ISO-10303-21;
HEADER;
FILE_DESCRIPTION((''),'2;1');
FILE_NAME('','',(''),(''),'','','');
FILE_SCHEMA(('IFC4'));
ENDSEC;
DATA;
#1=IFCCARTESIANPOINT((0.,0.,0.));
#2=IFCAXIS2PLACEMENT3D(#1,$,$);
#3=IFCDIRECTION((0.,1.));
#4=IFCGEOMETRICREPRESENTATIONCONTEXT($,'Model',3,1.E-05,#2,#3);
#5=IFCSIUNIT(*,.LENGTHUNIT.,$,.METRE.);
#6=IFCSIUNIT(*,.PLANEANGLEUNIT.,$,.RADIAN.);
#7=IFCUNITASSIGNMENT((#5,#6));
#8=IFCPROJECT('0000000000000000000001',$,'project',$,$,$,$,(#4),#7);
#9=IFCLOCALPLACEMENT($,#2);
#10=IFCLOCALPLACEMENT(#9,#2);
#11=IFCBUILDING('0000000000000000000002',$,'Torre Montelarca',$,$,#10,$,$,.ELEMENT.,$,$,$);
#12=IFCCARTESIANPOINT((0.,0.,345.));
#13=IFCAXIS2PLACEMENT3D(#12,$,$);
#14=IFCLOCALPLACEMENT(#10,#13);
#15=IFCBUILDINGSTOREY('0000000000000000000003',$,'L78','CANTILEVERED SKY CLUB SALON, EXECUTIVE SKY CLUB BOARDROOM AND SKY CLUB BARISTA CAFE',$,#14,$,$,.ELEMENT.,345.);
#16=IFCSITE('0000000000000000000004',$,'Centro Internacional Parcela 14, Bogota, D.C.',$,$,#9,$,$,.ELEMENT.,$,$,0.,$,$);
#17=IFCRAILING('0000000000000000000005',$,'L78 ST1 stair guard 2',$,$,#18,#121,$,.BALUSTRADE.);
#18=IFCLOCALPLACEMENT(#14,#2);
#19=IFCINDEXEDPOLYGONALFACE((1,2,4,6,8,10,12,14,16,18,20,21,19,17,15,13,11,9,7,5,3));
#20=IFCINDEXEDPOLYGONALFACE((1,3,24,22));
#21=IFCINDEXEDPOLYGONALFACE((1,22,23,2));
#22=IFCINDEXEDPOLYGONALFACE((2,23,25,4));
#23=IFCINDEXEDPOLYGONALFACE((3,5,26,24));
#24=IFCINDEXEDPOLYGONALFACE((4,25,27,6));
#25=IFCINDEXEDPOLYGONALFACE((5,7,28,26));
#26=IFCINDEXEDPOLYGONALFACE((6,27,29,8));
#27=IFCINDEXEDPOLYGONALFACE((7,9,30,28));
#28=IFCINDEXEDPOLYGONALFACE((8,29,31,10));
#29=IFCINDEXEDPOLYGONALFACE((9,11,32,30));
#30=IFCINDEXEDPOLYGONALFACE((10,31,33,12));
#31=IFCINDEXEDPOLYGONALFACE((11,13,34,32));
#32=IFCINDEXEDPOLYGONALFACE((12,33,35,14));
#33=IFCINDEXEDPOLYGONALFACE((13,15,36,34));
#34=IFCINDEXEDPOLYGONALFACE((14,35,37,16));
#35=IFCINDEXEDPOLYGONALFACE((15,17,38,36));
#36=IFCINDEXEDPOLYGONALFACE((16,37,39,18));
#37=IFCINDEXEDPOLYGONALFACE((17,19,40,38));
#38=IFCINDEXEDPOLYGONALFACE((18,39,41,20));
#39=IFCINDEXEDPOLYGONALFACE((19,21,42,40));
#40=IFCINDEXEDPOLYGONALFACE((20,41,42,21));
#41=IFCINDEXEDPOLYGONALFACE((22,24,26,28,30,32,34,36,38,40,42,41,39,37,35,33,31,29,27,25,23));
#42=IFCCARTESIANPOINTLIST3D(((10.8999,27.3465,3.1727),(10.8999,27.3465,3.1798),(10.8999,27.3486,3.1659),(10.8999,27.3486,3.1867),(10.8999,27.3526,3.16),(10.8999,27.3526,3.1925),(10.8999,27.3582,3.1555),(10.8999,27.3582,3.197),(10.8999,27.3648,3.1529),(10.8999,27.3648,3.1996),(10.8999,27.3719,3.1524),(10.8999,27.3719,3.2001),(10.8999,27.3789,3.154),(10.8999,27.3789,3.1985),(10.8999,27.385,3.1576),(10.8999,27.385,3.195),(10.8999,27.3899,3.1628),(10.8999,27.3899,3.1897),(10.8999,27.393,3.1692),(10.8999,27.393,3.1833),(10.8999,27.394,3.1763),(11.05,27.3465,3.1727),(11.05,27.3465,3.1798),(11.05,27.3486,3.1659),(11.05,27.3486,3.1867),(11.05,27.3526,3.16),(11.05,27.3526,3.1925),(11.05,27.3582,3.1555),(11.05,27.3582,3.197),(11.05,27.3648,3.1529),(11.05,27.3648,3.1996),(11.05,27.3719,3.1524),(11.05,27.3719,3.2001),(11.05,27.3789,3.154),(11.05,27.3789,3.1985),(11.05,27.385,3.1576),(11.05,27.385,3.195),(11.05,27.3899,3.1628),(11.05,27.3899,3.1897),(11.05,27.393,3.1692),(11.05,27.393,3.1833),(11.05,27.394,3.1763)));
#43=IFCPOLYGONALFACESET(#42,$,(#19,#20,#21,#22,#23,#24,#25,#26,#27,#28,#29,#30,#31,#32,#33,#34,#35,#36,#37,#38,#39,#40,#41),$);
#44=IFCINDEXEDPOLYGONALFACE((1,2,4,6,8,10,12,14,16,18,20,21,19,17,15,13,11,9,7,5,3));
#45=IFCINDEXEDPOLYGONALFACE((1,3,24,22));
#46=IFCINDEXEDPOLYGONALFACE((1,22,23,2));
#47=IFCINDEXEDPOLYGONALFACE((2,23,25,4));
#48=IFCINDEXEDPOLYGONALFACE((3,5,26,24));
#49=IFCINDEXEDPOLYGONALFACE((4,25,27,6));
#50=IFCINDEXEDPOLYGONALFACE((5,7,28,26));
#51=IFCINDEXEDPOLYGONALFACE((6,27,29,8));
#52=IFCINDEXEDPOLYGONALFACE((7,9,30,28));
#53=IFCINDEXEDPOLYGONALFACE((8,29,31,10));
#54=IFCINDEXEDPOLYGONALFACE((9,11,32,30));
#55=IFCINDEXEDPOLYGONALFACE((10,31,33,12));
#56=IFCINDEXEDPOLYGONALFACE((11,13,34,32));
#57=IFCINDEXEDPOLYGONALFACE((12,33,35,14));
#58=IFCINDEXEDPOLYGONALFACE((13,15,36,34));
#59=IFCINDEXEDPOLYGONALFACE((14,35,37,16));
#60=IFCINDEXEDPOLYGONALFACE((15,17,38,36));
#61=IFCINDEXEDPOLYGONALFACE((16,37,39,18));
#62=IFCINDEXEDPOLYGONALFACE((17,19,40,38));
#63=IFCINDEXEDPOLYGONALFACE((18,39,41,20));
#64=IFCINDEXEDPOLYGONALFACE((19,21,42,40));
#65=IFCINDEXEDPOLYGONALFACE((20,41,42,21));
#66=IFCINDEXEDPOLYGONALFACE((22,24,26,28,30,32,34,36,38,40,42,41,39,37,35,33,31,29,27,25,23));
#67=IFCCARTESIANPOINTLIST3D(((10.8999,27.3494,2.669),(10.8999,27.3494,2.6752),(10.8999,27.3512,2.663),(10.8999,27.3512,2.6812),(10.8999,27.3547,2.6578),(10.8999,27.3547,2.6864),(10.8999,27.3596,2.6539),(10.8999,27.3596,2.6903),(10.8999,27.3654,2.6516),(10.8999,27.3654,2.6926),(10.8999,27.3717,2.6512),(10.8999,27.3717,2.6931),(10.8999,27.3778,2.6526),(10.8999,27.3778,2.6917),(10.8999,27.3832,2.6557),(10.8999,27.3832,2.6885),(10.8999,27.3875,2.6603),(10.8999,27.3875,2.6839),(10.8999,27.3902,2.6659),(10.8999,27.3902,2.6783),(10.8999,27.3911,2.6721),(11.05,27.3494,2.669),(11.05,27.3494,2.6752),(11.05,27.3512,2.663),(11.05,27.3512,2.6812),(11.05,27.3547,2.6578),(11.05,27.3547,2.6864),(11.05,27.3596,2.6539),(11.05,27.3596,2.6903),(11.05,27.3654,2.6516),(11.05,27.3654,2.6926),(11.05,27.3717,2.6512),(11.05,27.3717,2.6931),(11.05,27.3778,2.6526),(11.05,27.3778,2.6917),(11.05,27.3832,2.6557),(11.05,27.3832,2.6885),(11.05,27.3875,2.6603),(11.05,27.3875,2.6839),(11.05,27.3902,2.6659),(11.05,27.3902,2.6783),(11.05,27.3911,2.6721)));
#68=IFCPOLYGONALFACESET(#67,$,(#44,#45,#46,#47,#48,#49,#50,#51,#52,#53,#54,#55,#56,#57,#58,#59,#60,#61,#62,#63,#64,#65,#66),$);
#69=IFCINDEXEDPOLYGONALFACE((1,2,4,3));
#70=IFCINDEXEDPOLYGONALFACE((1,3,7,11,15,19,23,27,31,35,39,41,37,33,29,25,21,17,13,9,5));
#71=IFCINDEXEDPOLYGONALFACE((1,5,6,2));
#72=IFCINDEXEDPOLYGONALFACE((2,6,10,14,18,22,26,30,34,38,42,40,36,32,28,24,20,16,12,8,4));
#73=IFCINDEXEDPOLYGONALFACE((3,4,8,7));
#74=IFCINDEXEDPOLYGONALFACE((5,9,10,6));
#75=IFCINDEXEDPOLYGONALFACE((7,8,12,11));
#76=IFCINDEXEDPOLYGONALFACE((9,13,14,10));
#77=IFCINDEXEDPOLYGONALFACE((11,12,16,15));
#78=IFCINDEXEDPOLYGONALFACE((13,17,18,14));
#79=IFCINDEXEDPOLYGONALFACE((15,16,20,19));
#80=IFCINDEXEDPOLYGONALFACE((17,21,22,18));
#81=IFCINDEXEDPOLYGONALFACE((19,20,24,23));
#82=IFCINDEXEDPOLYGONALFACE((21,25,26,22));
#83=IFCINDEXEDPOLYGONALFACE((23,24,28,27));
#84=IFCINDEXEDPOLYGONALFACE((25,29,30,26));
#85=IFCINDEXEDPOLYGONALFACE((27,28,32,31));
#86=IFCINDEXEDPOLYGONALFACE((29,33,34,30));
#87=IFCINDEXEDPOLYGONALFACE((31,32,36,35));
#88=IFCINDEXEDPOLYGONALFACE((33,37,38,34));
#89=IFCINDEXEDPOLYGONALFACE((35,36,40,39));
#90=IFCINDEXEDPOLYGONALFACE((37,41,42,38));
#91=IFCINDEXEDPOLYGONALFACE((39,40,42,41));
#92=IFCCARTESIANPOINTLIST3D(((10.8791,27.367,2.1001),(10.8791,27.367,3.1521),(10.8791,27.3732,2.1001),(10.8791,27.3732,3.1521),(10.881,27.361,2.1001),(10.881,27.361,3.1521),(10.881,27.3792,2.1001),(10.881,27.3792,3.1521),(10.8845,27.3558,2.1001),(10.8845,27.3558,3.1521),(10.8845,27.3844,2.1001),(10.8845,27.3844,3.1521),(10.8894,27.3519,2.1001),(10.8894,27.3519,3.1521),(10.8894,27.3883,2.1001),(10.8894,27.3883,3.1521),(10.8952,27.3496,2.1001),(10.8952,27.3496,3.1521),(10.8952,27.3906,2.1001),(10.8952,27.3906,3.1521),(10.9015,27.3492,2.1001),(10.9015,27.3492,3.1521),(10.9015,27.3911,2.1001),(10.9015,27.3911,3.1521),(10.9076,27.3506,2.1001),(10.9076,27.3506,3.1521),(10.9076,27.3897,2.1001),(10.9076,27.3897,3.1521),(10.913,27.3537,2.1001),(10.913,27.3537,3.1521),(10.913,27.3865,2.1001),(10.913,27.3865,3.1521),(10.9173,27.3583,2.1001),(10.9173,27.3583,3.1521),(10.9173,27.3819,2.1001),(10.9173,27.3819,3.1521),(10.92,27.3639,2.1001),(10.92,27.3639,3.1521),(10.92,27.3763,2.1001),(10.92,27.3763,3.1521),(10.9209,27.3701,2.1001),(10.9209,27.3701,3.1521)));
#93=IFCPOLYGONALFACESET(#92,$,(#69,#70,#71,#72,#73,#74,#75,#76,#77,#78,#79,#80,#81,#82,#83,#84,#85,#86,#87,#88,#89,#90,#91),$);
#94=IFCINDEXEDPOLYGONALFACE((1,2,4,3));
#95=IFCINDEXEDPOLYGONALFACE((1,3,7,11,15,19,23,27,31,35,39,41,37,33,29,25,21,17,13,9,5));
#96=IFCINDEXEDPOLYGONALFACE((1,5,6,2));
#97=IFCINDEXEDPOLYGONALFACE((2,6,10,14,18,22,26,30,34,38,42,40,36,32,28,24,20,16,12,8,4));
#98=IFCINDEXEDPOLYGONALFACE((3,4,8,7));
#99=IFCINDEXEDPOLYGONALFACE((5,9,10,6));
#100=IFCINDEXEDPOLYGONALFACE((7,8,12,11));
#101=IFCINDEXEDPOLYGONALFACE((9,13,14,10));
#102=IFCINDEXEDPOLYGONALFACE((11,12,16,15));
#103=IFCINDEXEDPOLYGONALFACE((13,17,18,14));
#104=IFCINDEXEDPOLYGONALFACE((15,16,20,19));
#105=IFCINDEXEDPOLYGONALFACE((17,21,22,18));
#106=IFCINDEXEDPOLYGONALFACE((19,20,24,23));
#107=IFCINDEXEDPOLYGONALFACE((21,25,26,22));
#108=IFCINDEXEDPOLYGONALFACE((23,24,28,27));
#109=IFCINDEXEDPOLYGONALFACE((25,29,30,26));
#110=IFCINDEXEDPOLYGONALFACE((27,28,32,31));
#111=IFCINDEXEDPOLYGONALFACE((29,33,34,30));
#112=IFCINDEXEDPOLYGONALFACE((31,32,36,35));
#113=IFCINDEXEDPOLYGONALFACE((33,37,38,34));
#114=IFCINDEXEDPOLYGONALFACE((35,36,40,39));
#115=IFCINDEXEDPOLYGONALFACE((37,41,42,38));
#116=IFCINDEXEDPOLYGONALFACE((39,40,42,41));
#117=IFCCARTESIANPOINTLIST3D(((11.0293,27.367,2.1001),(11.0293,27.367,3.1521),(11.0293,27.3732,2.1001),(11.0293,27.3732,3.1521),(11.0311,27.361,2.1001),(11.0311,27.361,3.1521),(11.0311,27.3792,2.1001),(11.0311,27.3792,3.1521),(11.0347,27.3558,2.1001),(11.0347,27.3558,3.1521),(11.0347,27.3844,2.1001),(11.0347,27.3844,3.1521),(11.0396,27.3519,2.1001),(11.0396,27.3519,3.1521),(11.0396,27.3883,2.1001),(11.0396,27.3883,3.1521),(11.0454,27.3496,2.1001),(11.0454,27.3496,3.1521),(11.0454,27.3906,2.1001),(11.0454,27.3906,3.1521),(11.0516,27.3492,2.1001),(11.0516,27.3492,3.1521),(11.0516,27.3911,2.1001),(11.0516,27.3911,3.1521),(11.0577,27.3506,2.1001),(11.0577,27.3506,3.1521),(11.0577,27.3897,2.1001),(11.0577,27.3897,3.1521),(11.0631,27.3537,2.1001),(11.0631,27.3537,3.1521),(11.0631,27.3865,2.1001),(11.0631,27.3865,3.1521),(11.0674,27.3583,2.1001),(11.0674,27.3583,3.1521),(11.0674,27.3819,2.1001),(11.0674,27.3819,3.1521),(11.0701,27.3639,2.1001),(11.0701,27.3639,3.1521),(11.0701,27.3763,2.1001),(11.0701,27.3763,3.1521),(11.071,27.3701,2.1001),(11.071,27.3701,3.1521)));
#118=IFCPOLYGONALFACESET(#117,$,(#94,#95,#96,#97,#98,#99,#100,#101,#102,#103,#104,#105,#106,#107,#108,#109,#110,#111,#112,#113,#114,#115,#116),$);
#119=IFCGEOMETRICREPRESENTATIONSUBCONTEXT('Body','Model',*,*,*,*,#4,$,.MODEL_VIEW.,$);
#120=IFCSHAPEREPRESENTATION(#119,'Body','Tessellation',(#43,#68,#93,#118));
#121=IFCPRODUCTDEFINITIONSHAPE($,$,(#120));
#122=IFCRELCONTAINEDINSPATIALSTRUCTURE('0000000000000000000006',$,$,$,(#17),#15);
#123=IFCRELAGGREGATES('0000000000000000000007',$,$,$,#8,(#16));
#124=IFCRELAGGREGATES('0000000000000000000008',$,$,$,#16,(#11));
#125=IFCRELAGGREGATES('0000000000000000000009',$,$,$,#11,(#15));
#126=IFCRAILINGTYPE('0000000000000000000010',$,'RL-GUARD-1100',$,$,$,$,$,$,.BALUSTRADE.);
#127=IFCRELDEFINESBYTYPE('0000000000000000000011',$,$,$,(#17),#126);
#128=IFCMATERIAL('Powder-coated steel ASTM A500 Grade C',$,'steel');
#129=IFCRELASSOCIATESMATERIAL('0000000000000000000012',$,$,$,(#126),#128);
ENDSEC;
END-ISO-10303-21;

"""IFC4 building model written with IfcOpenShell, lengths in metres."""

from ifc_helpers import new_model, si_unit, direction, frame, origin, origin_2d, place, context, subcontext, project, spatial, circle, extrude, material, type_object, element, save


model = new_model("IFC4")

# Units and contexts
model_context = context("Model", 3, precision=1e-05, world=origin(), true_north=direction((0.0, 1.0)))
body_context = subcontext(model_context, "Body", "Model", "MODEL_VIEW")
ifc_project = project(units=[si_unit("LENGTHUNIT", "METRE"), si_unit("PLANEANGLEUNIT", "RADIAN")], contexts=[model_context])

# Site, building, storey
site_placement = place(None, origin())
site = spatial("IfcSite", under=ifc_project, at=site_placement, Name="Centro Internacional Parcela 14, Bogota, D.C.", CompositionType="ELEMENT", RefElevation=0.0)
building_placement = place(site_placement, origin())
building = spatial("IfcBuilding", under=site, at=building_placement, Name="Torre Montelarca", CompositionType="ELEMENT")
storey_placement = place(building_placement, frame((0.0, 0.0, 345.0)))
storey = spatial("IfcBuildingStorey", under=building, at=storey_placement, Name="L78", Description="CANTILEVERED SKY CLUB SALON, EXECUTIVE SKY CLUB BOARDROOM AND SKY CLUB BARISTA CAFE", CompositionType="ELEMENT", Elevation=345.0)

# Railing
ifc_material_1 = material(Name="Powder-coated steel ASTM A500 Grade C", Category="steel")
railing_type_1 = type_object("IfcRailingType", Name="RL-GUARD-1100", PredefinedType="BALUSTRADE", material=ifc_material_1)
railing_1_placement = place(storey_placement, frame((10.8999, 27.3701, 2.1001)))
element("IfcRailing", 1, at=railing_1_placement, inside=storey, type_object=railing_type_1, Name="L78 ST1 stair guard 2", PredefinedType="BALUSTRADE", context=body_context, shape_type="SweptSolid", body=[
    extrude(circle(Radius=0.0239, at=origin_2d()), frame((0.0, 0.0, 1.0762), z_axis=(1.0, 0.0, 0.0), x_axis=(0.0, 1.0, 0.0)), (0.0, 0.0, 1.0), 0.1501),
    extrude(circle(Radius=0.021, at=origin_2d()), frame((0.0, 0.0, 0.572), z_axis=(1.0, 0.0, 0.0), x_axis=(0.0, 1.0, 0.0)), (0.0, 0.0, 1.0), 0.1501),
    extrude(circle(Radius=0.021, at=origin_2d()), origin(), (0.0, 0.0, 1.0), 1.052),
    extrude(circle(Radius=0.021, at=origin_2d()), frame((0.1501, 0.0, 0.0)), (0.0, 0.0, 1.0), 1.052),
])

save(model, "model.ifc")
